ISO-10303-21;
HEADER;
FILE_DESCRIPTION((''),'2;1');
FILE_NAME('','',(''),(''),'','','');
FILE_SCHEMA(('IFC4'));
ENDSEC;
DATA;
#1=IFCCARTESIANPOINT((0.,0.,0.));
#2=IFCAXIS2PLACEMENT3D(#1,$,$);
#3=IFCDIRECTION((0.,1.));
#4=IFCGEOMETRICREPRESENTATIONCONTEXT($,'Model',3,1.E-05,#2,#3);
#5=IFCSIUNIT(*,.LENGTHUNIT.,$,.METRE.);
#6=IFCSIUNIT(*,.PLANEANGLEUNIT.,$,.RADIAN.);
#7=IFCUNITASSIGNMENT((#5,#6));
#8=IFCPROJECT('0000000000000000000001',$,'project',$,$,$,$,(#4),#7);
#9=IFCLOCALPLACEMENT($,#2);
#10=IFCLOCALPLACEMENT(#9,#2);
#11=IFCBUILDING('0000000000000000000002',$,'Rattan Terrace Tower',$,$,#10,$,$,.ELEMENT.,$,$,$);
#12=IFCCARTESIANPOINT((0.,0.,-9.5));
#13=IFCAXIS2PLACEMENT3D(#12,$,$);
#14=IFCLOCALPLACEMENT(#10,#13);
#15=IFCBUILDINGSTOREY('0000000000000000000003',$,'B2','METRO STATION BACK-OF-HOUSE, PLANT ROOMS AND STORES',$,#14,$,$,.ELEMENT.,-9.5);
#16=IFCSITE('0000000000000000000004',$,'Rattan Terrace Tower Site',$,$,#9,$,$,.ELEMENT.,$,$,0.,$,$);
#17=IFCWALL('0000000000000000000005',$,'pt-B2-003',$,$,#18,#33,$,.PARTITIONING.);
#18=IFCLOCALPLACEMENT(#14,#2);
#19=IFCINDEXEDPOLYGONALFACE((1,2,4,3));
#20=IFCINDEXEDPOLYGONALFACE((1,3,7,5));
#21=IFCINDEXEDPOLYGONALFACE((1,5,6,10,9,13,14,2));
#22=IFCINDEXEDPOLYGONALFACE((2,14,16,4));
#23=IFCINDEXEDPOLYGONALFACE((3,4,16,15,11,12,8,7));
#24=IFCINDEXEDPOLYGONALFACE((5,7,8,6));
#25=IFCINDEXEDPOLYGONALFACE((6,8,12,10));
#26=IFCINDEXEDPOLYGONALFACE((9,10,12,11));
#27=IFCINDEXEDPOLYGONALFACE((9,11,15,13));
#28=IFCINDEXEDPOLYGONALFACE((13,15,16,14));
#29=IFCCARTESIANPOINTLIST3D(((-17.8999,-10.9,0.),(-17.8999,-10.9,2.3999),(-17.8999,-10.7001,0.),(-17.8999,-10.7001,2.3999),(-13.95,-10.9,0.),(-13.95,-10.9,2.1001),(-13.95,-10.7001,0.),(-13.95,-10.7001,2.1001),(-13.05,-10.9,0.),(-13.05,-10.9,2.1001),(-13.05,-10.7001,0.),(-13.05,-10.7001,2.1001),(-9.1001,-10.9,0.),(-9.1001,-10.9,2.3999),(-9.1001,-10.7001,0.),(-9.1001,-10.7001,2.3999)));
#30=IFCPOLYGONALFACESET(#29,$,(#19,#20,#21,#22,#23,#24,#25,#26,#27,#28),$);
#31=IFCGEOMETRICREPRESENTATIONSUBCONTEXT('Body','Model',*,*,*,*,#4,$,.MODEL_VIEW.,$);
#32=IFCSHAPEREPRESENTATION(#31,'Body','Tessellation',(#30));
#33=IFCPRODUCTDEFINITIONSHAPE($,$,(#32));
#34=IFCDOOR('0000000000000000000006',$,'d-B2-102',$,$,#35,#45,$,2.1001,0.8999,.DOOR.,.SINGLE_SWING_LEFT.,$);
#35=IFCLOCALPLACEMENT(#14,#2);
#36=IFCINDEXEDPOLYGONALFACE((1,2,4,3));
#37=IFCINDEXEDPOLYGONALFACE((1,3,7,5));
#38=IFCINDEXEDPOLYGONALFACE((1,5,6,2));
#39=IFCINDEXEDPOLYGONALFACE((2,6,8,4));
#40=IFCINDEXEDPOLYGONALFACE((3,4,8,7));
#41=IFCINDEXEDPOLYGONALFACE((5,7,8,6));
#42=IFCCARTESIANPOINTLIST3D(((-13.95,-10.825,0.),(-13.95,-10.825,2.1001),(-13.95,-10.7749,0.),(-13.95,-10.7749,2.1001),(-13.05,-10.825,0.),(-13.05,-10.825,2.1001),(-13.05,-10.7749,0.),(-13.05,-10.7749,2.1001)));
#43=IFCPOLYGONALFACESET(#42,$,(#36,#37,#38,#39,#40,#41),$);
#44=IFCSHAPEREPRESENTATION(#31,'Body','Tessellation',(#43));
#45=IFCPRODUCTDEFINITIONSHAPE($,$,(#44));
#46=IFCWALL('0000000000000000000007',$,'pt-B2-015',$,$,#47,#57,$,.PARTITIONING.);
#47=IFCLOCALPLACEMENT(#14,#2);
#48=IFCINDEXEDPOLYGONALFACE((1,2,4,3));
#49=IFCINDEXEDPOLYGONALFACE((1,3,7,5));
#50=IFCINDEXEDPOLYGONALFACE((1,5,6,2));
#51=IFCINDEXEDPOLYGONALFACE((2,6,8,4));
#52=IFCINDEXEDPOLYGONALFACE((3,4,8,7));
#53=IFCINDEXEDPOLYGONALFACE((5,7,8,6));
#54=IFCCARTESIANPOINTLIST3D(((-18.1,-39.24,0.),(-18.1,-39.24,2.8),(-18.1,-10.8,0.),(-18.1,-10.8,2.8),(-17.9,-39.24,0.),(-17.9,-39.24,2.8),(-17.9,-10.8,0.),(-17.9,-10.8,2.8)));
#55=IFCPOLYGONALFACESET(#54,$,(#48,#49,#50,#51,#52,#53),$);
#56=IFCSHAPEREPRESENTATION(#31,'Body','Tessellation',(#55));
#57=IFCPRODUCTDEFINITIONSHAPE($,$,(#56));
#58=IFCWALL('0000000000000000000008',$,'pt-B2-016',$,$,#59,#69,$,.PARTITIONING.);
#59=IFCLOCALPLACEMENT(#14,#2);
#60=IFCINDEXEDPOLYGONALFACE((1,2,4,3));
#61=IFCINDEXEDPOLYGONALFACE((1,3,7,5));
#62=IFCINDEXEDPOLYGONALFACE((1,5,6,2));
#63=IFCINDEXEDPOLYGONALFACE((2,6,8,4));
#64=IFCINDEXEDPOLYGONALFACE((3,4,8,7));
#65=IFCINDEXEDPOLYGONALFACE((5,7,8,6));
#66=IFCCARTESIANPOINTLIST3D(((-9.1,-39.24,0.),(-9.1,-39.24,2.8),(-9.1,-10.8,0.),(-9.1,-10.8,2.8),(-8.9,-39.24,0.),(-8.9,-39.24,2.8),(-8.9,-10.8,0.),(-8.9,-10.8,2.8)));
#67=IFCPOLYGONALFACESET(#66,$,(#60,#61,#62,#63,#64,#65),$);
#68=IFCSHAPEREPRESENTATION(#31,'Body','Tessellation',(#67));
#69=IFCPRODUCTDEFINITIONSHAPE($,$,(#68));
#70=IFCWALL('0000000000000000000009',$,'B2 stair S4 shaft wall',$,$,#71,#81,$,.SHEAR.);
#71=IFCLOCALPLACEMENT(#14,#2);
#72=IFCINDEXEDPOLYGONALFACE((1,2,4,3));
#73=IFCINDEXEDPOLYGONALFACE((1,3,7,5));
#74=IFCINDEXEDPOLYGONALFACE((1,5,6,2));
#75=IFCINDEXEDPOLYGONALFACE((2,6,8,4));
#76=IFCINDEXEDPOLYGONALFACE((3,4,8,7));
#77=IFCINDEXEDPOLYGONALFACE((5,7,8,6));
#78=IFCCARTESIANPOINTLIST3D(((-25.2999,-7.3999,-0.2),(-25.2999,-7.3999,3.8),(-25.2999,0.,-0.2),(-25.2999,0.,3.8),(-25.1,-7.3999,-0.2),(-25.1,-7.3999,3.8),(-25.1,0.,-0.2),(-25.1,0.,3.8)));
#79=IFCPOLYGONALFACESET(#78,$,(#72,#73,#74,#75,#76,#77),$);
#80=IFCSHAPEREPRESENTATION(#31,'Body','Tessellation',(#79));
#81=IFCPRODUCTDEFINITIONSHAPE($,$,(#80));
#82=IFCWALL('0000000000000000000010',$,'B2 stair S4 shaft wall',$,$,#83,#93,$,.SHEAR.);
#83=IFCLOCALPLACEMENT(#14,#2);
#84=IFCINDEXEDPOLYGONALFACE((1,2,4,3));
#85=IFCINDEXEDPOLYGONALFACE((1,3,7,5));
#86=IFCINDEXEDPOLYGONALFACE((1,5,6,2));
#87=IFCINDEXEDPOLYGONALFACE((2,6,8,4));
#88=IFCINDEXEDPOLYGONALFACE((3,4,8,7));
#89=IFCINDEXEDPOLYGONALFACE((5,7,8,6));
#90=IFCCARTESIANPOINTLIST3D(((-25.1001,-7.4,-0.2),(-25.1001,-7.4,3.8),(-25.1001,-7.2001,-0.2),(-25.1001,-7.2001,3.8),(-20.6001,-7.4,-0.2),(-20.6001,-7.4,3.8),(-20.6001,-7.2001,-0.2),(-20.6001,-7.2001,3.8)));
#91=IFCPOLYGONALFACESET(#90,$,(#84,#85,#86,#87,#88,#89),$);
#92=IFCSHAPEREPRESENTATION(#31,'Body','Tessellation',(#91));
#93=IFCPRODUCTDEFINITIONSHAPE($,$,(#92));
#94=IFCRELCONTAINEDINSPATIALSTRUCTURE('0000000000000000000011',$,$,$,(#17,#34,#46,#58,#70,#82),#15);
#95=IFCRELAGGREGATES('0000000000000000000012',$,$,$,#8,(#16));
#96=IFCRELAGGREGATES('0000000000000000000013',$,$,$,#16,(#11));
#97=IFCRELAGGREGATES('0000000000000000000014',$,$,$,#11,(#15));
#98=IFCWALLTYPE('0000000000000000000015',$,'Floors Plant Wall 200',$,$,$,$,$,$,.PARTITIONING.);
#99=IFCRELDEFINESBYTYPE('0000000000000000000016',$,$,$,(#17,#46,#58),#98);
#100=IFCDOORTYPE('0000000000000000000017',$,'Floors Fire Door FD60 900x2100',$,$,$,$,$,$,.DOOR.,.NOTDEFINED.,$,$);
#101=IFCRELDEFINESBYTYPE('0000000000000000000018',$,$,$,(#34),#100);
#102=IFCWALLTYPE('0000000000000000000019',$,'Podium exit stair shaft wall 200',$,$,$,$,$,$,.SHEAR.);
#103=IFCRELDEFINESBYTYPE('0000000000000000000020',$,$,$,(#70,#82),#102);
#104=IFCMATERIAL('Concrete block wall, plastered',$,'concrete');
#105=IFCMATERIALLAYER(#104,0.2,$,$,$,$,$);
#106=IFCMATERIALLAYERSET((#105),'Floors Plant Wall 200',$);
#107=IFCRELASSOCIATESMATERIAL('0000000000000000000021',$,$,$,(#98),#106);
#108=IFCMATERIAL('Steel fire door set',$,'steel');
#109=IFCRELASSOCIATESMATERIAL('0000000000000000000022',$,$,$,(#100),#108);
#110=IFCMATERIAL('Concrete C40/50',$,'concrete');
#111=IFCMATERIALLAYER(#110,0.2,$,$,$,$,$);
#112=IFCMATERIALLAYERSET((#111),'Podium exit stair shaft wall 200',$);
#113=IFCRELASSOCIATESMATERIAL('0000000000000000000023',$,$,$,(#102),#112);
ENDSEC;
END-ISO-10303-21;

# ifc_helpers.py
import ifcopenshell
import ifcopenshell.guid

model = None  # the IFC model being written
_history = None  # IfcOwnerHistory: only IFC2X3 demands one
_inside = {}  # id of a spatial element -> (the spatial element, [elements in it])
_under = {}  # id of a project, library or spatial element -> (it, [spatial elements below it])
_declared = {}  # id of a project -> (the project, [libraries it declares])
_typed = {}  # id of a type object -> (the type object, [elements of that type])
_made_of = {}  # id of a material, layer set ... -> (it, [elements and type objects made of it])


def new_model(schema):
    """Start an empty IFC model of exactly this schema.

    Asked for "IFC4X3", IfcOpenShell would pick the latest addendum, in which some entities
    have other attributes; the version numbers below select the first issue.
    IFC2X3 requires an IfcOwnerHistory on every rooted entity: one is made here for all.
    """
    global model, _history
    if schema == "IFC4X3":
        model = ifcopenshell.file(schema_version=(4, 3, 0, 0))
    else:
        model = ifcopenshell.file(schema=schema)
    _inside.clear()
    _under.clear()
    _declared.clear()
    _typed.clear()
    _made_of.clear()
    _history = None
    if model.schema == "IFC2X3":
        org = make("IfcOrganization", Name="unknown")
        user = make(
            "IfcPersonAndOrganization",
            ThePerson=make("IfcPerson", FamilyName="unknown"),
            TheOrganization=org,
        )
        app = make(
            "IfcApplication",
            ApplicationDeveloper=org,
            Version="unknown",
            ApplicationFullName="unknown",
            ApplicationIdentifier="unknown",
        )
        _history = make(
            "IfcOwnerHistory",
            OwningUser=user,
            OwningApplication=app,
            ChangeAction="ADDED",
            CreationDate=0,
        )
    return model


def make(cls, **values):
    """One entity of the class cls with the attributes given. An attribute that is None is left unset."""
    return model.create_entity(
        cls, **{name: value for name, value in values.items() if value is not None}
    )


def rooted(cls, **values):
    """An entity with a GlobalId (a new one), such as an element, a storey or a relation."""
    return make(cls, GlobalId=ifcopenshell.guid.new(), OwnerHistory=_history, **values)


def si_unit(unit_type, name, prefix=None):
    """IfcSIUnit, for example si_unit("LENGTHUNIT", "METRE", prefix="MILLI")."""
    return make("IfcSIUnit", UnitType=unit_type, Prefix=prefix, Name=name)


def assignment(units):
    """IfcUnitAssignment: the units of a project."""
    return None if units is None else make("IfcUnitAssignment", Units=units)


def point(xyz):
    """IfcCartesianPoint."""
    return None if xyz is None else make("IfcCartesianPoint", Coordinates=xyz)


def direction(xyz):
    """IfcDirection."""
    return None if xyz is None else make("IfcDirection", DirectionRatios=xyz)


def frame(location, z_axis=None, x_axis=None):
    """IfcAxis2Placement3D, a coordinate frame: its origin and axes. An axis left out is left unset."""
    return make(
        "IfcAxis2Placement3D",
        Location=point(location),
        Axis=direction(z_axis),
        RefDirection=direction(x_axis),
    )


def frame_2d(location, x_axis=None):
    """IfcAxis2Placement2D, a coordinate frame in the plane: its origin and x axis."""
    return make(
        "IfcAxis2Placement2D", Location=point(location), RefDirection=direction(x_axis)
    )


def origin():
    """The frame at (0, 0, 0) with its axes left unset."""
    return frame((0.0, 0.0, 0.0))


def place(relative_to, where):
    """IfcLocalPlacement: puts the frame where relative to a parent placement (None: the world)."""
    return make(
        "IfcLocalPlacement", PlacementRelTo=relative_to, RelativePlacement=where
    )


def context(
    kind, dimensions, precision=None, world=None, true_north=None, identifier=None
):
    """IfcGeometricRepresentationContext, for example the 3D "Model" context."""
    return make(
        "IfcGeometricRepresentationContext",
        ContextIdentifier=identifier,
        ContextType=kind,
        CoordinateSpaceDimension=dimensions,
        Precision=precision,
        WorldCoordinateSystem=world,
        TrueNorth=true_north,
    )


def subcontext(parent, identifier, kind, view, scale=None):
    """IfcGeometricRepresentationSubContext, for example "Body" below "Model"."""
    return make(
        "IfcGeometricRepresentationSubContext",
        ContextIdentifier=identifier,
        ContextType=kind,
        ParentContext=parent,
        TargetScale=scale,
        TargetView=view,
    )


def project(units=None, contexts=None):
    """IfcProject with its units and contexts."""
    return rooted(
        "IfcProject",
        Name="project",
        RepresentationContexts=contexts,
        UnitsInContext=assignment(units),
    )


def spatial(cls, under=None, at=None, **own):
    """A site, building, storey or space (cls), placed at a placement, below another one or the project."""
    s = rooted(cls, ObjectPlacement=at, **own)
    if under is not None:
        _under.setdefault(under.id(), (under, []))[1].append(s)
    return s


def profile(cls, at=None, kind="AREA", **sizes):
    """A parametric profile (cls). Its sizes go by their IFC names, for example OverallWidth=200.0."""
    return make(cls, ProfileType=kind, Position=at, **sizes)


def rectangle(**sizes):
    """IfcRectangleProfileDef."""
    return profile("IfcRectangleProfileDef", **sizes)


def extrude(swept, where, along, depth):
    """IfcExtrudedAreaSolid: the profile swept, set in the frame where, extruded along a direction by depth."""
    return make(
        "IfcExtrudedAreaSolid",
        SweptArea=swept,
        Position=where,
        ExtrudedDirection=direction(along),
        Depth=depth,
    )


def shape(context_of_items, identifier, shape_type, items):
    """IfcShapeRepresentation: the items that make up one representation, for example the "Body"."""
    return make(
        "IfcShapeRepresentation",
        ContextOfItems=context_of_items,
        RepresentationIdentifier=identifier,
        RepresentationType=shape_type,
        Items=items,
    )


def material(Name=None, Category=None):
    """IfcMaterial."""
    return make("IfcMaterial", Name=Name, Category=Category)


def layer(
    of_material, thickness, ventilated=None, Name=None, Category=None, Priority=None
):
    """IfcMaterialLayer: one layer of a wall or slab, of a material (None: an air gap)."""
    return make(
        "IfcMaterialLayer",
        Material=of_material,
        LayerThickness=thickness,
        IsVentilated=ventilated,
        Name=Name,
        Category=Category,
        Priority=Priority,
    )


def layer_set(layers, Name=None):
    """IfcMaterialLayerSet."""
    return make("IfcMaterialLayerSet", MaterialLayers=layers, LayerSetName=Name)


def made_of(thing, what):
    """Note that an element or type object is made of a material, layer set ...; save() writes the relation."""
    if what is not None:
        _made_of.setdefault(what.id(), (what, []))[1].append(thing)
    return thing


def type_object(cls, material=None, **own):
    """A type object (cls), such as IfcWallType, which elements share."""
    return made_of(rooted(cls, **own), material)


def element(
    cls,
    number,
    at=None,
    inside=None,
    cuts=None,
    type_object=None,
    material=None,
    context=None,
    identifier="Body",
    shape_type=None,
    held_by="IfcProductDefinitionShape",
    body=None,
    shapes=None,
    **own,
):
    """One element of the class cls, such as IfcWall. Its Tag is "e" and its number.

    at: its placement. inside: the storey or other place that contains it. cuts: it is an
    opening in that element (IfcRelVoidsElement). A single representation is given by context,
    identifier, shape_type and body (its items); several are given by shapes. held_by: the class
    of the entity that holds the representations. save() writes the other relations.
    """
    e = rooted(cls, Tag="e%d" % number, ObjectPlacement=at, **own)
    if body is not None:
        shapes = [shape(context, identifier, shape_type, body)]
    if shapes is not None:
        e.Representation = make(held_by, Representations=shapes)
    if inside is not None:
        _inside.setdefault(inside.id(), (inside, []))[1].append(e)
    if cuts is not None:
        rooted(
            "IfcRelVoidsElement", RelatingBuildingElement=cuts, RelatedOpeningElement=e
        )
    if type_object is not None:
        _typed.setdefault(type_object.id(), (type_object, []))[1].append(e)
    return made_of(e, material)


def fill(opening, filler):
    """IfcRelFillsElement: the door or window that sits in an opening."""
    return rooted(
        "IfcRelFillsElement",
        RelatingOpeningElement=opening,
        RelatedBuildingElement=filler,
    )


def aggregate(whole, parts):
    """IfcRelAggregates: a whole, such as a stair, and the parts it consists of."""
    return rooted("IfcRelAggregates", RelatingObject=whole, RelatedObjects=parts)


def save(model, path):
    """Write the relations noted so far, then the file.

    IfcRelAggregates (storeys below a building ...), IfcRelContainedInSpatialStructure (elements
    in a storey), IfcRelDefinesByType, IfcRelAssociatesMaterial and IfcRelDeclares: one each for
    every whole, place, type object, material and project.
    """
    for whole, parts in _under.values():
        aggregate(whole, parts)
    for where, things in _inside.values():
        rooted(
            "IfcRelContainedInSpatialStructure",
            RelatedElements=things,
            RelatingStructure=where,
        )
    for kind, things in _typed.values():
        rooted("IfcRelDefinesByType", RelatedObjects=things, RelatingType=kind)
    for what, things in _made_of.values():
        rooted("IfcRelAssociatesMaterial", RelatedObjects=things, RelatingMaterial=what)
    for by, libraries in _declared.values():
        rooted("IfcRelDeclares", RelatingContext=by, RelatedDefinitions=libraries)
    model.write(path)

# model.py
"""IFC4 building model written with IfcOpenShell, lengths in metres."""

from ifc_helpers import new_model, si_unit, direction, frame, frame_2d, origin, place, context, subcontext, project, spatial, rectangle, extrude, material, layer, layer_set, type_object, element, fill, save


model = new_model("IFC4")

# Units and contexts
model_context = context("Model", 3, precision=1e-05, world=origin(), true_north=direction((0.0, 1.0)))
body_context = subcontext(model_context, "Body", "Model", "MODEL_VIEW")
ifc_project = project(units=[si_unit("LENGTHUNIT", "METRE"), si_unit("PLANEANGLEUNIT", "RADIAN")], contexts=[model_context])

# Site, building, storey
site_placement = place(None, origin())
site = spatial("IfcSite", under=ifc_project, at=site_placement, Name="Rattan Terrace Tower Site", CompositionType="ELEMENT", RefElevation=0.0)
building_placement = place(site_placement, origin())
building = spatial("IfcBuilding", under=site, at=building_placement, Name="Rattan Terrace Tower", CompositionType="ELEMENT")
storey_placement = place(building_placement, frame((0.0, 0.0, -9.5)))
storey = spatial("IfcBuildingStorey", under=building, at=storey_placement, Name="B2", Description="METRO STATION BACK-OF-HOUSE, PLANT ROOMS AND STORES", CompositionType="ELEMENT", Elevation=-9.5)

# Wall, opening, door
ifc_material_1 = material(Name="Concrete block wall, plastered", Category="concrete")
ifc_layer_1 = layer(ifc_material_1, 0.2)
ifc_layer_set_1 = layer_set([ifc_layer_1], Name="Floors Plant Wall 200")
wall_type_1 = type_object("IfcWallType", Name="Floors Plant Wall 200", PredefinedType="PARTITIONING", material=ifc_layer_set_1)
ifc_material_2 = material(Name="Steel fire door set", Category="steel")
door_type_1 = type_object("IfcDoorType", Name="Floors Fire Door FD60 900x2100", OperationType="NOTDEFINED", PredefinedType="DOOR", material=ifc_material_2)
wall_1_placement = place(storey_placement, frame((-9.1001, -10.8, 0.0), z_axis=(0.0, 0.0, 1.0), x_axis=(-1.0, 0.0, 0.0)))
wall_1 = element("IfcWall", 1, at=wall_1_placement, inside=storey, type_object=wall_type_1, Name="pt-B2-003", PredefinedType="PARTITIONING", context=body_context, shape_type="SweptSolid", body=[
    extrude(rectangle(XDim=8.7998, YDim=0.2, at=frame_2d((4.3999, 0.0))), origin(), (0.0, 0.0, 1.0), 2.3999),
])
opening_1_placement = place(wall_1_placement, frame((3.95, 0.0, 0.0)))
opening_1 = element("IfcOpeningElement", 2, at=opening_1_placement, cuts=wall_1, PredefinedType="OPENING", context=body_context, shape_type="SweptSolid", body=[
    extrude(rectangle(XDim=0.8999, YDim=2.1001, at=frame_2d((0.45, 1.05))), frame((0.0, 0.1106, 0.0), z_axis=(0.0, -1.0, 0.0), x_axis=(1.0, 0.0, 0.0)), (0.0, 0.0, 1.0), 0.2209),
])
door_1_placement = place(opening_1_placement, origin())
door_1 = element("IfcDoor", 3, at=door_1_placement, inside=storey, type_object=door_type_1, Name="d-B2-102", OperationType="SINGLE_SWING_LEFT", OverallHeight=2.1001, OverallWidth=0.8999, PredefinedType="DOOR", context=body_context, shape_type="SweptSolid", body=[
    extrude(rectangle(XDim=0.8999, YDim=2.1001, at=frame_2d((0.45, 1.05))), frame((0.0, 0.0249, 0.0), z_axis=(0.0, -1.0, 0.0), x_axis=(1.0, 0.0, 0.0)), (0.0, 0.0, 1.0), 0.05),
])
fill(opening_1, door_1)

# Walls
for number, where, z_axis, x_axis, name in (
    (4, (-18.0, -10.8, 0.0), (0.0, 0.0, 1.0), (0.0, -1.0, 0.0), "pt-B2-015"),
    (5, (-9.0, -10.8, 0.0), (0.0, 0.0, 1.0), (0.0, -1.0, 0.0), "pt-B2-016"),
):
    element("IfcWall", number, at=place(storey_placement, frame(where, z_axis=z_axis, x_axis=x_axis)), inside=storey, type_object=wall_type_1, Name=name, PredefinedType="PARTITIONING", context=body_context, shape_type="SweptSolid", body=[
        extrude(rectangle(XDim=28.4399, YDim=0.2, at=frame_2d((14.22, 0.0))), origin(), (0.0, 0.0, 1.0), 2.8),
    ])
ifc_material_3 = material(Name="Concrete C40/50", Category="concrete")
ifc_layer_2 = layer(ifc_material_3, 0.2)
ifc_layer_set_2 = layer_set([ifc_layer_2], Name="Podium exit stair shaft wall 200")
wall_type_2 = type_object("IfcWallType", Name="Podium exit stair shaft wall 200", PredefinedType="SHEAR", material=ifc_layer_set_2)
wall_2_placement = place(storey_placement, frame((-25.2, -7.3999, -0.2), z_axis=(0.0, 0.0, 1.0), x_axis=(0.0, 1.0, 0.0)))
element("IfcWall", 6, at=wall_2_placement, inside=storey, type_object=wall_type_2, Name="B2 stair S4 shaft wall", PredefinedType="SHEAR", context=body_context, shape_type="SweptSolid", body=[
    extrude(rectangle(XDim=7.3999, YDim=0.2, at=frame_2d((3.7, 0.0))), origin(), (0.0, 0.0, 1.0), 4.0),
])
wall_3_placement = place(storey_placement, frame((-25.1001, -7.3, -0.2), z_axis=(0.0, 0.0, 1.0), x_axis=(1.0, 0.0, 0.0)))
element("IfcWall", 7, at=wall_3_placement, inside=storey, type_object=wall_type_2, Name="B2 stair S4 shaft wall", PredefinedType="SHEAR", context=body_context, shape_type="SweptSolid", body=[
    extrude(rectangle(XDim=4.5, YDim=0.2, at=frame_2d((2.25, 0.0))), origin(), (0.0, 0.0, 1.0), 4.0),
])

save(model, "model.ifc")
